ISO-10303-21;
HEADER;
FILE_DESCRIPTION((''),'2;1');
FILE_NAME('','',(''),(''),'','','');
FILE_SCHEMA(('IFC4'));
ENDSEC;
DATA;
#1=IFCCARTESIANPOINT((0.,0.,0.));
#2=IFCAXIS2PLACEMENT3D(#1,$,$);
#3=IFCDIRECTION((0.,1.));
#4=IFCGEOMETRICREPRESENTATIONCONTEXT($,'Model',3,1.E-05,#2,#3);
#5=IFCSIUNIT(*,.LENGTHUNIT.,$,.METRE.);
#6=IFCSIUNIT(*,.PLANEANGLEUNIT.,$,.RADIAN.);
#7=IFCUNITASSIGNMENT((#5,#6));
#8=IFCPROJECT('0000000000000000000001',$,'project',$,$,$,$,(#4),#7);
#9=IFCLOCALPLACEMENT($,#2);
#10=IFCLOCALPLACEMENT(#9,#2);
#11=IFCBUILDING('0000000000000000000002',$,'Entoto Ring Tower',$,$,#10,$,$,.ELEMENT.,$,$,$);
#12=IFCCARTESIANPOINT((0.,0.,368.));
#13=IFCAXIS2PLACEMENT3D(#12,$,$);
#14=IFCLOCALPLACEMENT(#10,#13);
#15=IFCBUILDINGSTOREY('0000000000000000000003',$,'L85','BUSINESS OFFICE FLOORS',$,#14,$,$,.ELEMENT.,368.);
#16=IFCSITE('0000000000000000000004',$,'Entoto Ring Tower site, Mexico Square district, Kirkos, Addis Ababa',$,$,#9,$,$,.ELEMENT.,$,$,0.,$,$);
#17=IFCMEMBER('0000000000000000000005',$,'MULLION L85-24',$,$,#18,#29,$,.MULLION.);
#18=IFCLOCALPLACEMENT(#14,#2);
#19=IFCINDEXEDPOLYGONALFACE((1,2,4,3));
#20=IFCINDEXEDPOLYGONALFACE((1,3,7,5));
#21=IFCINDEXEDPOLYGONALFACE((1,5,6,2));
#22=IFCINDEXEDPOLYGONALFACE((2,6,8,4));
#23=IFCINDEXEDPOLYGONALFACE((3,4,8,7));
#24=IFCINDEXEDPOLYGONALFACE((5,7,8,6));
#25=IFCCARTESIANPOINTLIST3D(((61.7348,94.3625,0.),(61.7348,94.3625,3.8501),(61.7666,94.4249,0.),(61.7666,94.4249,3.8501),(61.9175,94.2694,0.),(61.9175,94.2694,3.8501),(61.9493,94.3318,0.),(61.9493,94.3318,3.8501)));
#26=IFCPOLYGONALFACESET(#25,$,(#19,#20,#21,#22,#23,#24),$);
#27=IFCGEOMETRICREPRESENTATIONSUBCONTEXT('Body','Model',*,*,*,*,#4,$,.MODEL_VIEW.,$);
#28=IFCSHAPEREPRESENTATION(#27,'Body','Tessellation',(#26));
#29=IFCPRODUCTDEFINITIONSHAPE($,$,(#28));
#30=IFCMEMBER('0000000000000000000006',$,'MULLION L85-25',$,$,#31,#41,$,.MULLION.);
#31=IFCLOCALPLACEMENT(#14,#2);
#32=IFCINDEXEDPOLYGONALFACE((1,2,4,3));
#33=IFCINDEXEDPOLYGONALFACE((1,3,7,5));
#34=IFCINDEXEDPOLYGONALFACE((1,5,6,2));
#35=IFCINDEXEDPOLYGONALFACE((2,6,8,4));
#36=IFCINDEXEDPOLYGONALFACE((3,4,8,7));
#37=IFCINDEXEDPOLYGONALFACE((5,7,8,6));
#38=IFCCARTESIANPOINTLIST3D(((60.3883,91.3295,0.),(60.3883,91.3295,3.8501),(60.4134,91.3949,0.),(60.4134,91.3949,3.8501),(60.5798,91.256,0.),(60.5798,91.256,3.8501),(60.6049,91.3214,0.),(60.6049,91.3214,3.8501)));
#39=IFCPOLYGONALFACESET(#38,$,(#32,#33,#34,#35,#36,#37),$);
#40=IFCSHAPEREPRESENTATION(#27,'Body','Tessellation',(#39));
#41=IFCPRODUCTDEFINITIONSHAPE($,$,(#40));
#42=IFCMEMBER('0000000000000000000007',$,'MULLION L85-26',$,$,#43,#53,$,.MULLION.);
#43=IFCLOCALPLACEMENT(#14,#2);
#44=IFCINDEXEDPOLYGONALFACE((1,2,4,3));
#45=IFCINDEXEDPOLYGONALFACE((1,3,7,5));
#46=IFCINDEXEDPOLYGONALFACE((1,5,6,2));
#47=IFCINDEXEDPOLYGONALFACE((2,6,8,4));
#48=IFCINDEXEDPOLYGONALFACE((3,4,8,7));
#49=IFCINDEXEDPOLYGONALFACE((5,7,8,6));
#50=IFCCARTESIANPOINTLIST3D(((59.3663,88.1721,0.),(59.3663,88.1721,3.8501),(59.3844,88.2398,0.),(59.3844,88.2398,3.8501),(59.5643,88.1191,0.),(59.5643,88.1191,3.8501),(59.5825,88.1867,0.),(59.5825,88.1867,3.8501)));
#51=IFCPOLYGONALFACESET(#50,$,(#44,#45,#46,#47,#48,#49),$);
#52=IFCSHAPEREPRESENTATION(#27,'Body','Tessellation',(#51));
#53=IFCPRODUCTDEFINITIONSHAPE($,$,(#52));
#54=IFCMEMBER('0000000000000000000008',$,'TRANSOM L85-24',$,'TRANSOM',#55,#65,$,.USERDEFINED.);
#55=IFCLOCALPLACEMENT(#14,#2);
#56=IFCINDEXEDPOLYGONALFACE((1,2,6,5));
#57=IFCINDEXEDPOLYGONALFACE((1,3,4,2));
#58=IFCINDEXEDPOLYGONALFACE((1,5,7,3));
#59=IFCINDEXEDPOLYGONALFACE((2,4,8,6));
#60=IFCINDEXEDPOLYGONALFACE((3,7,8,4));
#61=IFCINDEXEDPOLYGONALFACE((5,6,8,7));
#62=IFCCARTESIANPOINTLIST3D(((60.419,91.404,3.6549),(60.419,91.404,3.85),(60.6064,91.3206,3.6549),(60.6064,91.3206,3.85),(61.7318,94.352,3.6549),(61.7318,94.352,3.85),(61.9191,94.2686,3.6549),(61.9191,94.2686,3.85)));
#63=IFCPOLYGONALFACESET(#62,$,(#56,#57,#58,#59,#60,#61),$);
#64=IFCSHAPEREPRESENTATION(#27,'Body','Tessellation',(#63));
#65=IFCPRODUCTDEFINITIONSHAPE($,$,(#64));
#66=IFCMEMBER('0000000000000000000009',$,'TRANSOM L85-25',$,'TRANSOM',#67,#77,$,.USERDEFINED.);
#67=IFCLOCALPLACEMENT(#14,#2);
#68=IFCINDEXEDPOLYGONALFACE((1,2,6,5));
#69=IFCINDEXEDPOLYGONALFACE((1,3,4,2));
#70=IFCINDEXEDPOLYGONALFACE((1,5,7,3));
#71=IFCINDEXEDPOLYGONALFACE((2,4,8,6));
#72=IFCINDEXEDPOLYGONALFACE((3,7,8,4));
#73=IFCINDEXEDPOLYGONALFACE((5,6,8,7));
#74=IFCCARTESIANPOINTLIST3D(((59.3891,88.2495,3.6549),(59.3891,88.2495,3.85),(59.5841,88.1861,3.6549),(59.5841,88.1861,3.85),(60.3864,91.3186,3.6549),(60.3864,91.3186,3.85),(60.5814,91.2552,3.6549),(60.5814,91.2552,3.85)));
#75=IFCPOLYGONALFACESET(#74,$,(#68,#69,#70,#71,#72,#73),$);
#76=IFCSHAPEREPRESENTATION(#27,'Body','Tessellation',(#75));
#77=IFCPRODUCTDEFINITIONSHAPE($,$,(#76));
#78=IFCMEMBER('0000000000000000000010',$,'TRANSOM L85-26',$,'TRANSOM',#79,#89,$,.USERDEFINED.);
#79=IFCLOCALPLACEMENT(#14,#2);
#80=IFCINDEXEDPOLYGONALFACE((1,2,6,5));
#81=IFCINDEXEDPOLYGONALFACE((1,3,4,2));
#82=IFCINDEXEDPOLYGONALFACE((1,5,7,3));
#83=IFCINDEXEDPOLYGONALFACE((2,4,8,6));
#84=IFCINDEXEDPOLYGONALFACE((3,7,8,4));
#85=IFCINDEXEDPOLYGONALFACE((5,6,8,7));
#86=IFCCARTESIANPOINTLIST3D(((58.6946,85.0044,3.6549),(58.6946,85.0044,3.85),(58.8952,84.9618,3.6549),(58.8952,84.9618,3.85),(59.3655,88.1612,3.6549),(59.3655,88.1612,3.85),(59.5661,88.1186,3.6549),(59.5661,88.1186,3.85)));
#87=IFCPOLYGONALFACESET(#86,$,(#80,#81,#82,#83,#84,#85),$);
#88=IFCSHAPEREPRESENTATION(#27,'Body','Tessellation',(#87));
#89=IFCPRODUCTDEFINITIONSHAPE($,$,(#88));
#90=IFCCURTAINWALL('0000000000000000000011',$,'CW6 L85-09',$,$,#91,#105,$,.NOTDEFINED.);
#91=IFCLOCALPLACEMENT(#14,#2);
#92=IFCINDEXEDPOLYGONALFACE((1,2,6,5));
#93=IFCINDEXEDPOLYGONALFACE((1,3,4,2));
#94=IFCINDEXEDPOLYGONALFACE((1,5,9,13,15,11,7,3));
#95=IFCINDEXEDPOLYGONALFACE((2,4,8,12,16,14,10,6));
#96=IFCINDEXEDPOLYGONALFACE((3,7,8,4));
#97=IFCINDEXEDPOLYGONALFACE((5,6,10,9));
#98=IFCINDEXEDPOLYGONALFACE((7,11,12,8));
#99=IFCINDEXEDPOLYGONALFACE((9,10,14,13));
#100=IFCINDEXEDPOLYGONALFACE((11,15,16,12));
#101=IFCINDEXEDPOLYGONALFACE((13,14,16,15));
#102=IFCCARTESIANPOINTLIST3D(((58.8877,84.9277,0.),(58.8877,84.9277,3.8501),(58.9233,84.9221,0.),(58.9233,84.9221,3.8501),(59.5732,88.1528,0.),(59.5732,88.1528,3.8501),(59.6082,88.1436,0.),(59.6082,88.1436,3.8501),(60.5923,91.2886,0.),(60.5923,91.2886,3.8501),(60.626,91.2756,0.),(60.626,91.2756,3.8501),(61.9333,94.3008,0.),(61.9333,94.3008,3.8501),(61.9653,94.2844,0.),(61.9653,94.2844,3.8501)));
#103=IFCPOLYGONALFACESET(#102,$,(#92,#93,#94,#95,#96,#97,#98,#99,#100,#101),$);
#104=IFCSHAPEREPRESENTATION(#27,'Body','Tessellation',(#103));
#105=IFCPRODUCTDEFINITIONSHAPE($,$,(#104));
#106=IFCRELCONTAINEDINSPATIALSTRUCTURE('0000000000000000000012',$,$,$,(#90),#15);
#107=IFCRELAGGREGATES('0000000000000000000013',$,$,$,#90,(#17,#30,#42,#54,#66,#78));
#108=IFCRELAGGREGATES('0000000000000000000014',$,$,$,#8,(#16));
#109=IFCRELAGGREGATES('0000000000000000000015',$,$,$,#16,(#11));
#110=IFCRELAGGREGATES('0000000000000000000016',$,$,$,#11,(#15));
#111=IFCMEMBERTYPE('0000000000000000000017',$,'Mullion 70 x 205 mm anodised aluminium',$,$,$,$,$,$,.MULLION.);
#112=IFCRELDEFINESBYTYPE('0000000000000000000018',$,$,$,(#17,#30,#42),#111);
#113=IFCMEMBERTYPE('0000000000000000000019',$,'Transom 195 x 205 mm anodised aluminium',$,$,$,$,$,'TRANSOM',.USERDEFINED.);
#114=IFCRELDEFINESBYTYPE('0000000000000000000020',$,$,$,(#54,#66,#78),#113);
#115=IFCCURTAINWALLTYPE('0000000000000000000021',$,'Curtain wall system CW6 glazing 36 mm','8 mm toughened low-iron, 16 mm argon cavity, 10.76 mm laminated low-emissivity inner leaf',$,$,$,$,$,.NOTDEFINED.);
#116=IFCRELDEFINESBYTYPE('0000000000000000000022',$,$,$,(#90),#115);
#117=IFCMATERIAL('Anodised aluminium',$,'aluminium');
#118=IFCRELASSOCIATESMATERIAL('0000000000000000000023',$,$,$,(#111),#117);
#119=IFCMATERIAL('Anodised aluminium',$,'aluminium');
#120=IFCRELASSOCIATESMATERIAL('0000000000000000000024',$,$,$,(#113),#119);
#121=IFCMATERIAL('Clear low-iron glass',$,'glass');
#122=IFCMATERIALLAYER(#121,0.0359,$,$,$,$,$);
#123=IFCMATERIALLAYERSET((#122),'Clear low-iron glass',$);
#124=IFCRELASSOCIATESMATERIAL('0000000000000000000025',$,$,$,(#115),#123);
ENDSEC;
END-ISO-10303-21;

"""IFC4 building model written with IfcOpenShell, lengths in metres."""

from ifc_helpers import new_model, si_unit, direction, frame, origin, origin_2d, place, context, subcontext, project, spatial, polyline, rectangle, outline, extrude, material, layer, layer_set, material_profile, profile_set, type_object, element, aggregate, save


model = new_model("IFC4")

# Units and contexts
model_context = context("Model", 3, precision=1e-05, world=origin(), true_north=direction((0.0, 1.0)))
body_context = subcontext(model_context, "Body", "Model", "MODEL_VIEW")
ifc_project = project(units=[si_unit("LENGTHUNIT", "METRE"), si_unit("PLANEANGLEUNIT", "RADIAN")], contexts=[model_context])

# Members
ifc_material_1 = material(Name="Anodised aluminium", Category="aluminium")
ifc_material_profile_1 = material_profile(ifc_material_1, rectangle(XDim=0.0701, YDim=0.2051, at=origin_2d()), Name="Mullion 70 x 205 mm anodised aluminium")
ifc_profile_set_1 = profile_set([ifc_material_profile_1], Name="Anodised aluminium")
member_type_1 = type_object("IfcMemberType", Name="Mullion 70 x 205 mm anodised aluminium", PredefinedType="MULLION", material=ifc_profile_set_1)
site_placement = place(None, origin())
building_placement = place(site_placement, origin())
storey_placement = place(building_placement, frame((0.0, 0.0, 368.0)))
member_1_placement = place(storey_placement, frame((61.842, 94.3472, 0.0), z_axis=(0.0, 0.0, 1.0), x_axis=(-0.45399, -0.891007, 0.0)))
member_1 = element("IfcMember", 1, at=member_1_placement, type_object=member_type_1, Name="MULLION L85-24", PredefinedType="MULLION", context=body_context, shape_type="SweptSolid", body=[
    extrude(rectangle(XDim=0.0701, YDim=0.2051, at=origin_2d()), origin(), (0.0, 0.0, 1.0), 3.8501),
])
member_2_placement = place(storey_placement, frame((60.4966, 91.3254, 0.0), z_axis=(0.0, 0.0, 1.0), x_axis=(-0.358368, -0.93358, 0.0)))
member_2 = element("IfcMember", 2, at=member_2_placement, type_object=member_type_1, Name="MULLION L85-25", PredefinedType="MULLION", context=body_context, shape_type="SweptSolid", body=[
    extrude(rectangle(XDim=0.0701, YDim=0.2051, at=origin_2d()), origin(), (0.0, 0.0, 1.0), 3.8501),
])
member_3_placement = place(storey_placement, frame((59.4744, 88.1794, 0.0), z_axis=(0.0, 0.0, 1.0), x_axis=(-0.258819, -0.965926, 0.0)))
member_3 = element("IfcMember", 3, at=member_3_placement, type_object=member_type_1, Name="MULLION L85-26", PredefinedType="MULLION", context=body_context, shape_type="SweptSolid", body=[
    extrude(rectangle(XDim=0.0701, YDim=0.2051, at=origin_2d()), origin(), (0.0, 0.0, 1.0), 3.8501),
])
ifc_material_2 = material(Name="Anodised aluminium", Category="aluminium")
ifc_material_profile_2 = material_profile(ifc_material_2, rectangle(XDim=0.2051, YDim=0.1951, at=origin_2d()), Name="Transom 195 x 205 mm anodised aluminium")
ifc_profile_set_2 = profile_set([ifc_material_profile_2], Name="Anodised aluminium")
member_type_2 = type_object("IfcMemberType", Name="Transom 195 x 205 mm anodised aluminium", ElementType="TRANSOM", PredefinedType="USERDEFINED", material=ifc_profile_set_2)
member_4_placement = place(storey_placement, frame((61.8254, 94.3103, 3.7524), z_axis=(-0.406791, -0.913521, 0.0), x_axis=(0.913521, -0.406791, 0.0)))
member_4 = element("IfcMember", 4, at=member_4_placement, type_object=member_type_2, Name="TRANSOM L85-24", ObjectType="TRANSOM", PredefinedType="USERDEFINED", context=body_context, shape_type="SweptSolid", body=[
    extrude(rectangle(XDim=0.2051, YDim=0.1951, at=origin_2d()), origin(), (0.0, 0.0, 1.0), 3.2271),
])
member_5_placement = place(storey_placement, frame((60.4839, 91.2869, 3.7524), z_axis=(-0.309047, -0.951047, 0.0), x_axis=(0.951047, -0.309047, 0.0)))
member_5 = element("IfcMember", 5, at=member_5_placement, type_object=member_type_2, Name="TRANSOM L85-25", ObjectType="TRANSOM", PredefinedType="USERDEFINED", context=body_context, shape_type="SweptSolid", body=[
    extrude(rectangle(XDim=0.2051, YDim=0.1951, at=origin_2d()), origin(), (0.0, 0.0, 1.0), 3.2271),
])
member_6_placement = place(storey_placement, frame((59.4658, 88.1399, 3.7524), z_axis=(-0.207886, -0.978153, 0.0), x_axis=(0.978153, -0.207886, 0.0)))
member_6 = element("IfcMember", 6, at=member_6_placement, type_object=member_type_2, Name="TRANSOM L85-26", ObjectType="TRANSOM", PredefinedType="USERDEFINED", context=body_context, shape_type="SweptSolid", body=[
    extrude(rectangle(XDim=0.2051, YDim=0.1951, at=origin_2d()), origin(), (0.0, 0.0, 1.0), 3.2273),
])

# Site, building, storey
site = spatial("IfcSite", under=ifc_project, at=site_placement, Name="Entoto Ring Tower site, Mexico Square district, Kirkos, Addis Ababa", CompositionType="ELEMENT", RefElevation=0.0)
building = spatial("IfcBuilding", under=site, at=building_placement, Name="Entoto Ring Tower", CompositionType="ELEMENT")
storey = spatial("IfcBuildingStorey", under=building, at=storey_placement, Name="L85", Description="BUSINESS OFFICE FLOORS", CompositionType="ELEMENT", Elevation=368.0)

# Curtain wall
ifc_material_3 = material(Name="Clear low-iron glass", Category="glass")
ifc_layer = layer(ifc_material_3, 0.0359)
ifc_layer_set = layer_set([ifc_layer], Name="Clear low-iron glass")
curtain_wall_type = type_object("IfcCurtainWallType", Name="Curtain wall system CW6 glazing 36 mm", Description="8 mm toughened low-iron, 16 mm argon cavity, 10.76 mm laminated low-emissivity inner leaf", PredefinedType="NOTDEFINED", material=ifc_layer_set)
curtain_wall_1_placement = place(storey_placement, origin())
curtain_wall_1 = element("IfcCurtainWall", 7, at=curtain_wall_1_placement, inside=storey, type_object=curtain_wall_type, Name="CW6 L85-09", PredefinedType="NOTDEFINED", context=body_context, shape_type="SweptSolid", body=[
    extrude(outline(polyline([(61.9333, 94.3008), (60.5923, 91.2886), (59.5732, 88.1528), (58.8877, 84.9277), (58.9233, 84.9221), (59.6082, 88.1436), (60.626, 91.2756), (61.9653, 94.2844), (61.9333, 94.3008)])), origin(), (0.0, 0.0, 1.0), 3.8501),
])
aggregate(curtain_wall_1, [member_1, member_2, member_3, member_4, member_5, member_6])

save(model, "model.ifc")
